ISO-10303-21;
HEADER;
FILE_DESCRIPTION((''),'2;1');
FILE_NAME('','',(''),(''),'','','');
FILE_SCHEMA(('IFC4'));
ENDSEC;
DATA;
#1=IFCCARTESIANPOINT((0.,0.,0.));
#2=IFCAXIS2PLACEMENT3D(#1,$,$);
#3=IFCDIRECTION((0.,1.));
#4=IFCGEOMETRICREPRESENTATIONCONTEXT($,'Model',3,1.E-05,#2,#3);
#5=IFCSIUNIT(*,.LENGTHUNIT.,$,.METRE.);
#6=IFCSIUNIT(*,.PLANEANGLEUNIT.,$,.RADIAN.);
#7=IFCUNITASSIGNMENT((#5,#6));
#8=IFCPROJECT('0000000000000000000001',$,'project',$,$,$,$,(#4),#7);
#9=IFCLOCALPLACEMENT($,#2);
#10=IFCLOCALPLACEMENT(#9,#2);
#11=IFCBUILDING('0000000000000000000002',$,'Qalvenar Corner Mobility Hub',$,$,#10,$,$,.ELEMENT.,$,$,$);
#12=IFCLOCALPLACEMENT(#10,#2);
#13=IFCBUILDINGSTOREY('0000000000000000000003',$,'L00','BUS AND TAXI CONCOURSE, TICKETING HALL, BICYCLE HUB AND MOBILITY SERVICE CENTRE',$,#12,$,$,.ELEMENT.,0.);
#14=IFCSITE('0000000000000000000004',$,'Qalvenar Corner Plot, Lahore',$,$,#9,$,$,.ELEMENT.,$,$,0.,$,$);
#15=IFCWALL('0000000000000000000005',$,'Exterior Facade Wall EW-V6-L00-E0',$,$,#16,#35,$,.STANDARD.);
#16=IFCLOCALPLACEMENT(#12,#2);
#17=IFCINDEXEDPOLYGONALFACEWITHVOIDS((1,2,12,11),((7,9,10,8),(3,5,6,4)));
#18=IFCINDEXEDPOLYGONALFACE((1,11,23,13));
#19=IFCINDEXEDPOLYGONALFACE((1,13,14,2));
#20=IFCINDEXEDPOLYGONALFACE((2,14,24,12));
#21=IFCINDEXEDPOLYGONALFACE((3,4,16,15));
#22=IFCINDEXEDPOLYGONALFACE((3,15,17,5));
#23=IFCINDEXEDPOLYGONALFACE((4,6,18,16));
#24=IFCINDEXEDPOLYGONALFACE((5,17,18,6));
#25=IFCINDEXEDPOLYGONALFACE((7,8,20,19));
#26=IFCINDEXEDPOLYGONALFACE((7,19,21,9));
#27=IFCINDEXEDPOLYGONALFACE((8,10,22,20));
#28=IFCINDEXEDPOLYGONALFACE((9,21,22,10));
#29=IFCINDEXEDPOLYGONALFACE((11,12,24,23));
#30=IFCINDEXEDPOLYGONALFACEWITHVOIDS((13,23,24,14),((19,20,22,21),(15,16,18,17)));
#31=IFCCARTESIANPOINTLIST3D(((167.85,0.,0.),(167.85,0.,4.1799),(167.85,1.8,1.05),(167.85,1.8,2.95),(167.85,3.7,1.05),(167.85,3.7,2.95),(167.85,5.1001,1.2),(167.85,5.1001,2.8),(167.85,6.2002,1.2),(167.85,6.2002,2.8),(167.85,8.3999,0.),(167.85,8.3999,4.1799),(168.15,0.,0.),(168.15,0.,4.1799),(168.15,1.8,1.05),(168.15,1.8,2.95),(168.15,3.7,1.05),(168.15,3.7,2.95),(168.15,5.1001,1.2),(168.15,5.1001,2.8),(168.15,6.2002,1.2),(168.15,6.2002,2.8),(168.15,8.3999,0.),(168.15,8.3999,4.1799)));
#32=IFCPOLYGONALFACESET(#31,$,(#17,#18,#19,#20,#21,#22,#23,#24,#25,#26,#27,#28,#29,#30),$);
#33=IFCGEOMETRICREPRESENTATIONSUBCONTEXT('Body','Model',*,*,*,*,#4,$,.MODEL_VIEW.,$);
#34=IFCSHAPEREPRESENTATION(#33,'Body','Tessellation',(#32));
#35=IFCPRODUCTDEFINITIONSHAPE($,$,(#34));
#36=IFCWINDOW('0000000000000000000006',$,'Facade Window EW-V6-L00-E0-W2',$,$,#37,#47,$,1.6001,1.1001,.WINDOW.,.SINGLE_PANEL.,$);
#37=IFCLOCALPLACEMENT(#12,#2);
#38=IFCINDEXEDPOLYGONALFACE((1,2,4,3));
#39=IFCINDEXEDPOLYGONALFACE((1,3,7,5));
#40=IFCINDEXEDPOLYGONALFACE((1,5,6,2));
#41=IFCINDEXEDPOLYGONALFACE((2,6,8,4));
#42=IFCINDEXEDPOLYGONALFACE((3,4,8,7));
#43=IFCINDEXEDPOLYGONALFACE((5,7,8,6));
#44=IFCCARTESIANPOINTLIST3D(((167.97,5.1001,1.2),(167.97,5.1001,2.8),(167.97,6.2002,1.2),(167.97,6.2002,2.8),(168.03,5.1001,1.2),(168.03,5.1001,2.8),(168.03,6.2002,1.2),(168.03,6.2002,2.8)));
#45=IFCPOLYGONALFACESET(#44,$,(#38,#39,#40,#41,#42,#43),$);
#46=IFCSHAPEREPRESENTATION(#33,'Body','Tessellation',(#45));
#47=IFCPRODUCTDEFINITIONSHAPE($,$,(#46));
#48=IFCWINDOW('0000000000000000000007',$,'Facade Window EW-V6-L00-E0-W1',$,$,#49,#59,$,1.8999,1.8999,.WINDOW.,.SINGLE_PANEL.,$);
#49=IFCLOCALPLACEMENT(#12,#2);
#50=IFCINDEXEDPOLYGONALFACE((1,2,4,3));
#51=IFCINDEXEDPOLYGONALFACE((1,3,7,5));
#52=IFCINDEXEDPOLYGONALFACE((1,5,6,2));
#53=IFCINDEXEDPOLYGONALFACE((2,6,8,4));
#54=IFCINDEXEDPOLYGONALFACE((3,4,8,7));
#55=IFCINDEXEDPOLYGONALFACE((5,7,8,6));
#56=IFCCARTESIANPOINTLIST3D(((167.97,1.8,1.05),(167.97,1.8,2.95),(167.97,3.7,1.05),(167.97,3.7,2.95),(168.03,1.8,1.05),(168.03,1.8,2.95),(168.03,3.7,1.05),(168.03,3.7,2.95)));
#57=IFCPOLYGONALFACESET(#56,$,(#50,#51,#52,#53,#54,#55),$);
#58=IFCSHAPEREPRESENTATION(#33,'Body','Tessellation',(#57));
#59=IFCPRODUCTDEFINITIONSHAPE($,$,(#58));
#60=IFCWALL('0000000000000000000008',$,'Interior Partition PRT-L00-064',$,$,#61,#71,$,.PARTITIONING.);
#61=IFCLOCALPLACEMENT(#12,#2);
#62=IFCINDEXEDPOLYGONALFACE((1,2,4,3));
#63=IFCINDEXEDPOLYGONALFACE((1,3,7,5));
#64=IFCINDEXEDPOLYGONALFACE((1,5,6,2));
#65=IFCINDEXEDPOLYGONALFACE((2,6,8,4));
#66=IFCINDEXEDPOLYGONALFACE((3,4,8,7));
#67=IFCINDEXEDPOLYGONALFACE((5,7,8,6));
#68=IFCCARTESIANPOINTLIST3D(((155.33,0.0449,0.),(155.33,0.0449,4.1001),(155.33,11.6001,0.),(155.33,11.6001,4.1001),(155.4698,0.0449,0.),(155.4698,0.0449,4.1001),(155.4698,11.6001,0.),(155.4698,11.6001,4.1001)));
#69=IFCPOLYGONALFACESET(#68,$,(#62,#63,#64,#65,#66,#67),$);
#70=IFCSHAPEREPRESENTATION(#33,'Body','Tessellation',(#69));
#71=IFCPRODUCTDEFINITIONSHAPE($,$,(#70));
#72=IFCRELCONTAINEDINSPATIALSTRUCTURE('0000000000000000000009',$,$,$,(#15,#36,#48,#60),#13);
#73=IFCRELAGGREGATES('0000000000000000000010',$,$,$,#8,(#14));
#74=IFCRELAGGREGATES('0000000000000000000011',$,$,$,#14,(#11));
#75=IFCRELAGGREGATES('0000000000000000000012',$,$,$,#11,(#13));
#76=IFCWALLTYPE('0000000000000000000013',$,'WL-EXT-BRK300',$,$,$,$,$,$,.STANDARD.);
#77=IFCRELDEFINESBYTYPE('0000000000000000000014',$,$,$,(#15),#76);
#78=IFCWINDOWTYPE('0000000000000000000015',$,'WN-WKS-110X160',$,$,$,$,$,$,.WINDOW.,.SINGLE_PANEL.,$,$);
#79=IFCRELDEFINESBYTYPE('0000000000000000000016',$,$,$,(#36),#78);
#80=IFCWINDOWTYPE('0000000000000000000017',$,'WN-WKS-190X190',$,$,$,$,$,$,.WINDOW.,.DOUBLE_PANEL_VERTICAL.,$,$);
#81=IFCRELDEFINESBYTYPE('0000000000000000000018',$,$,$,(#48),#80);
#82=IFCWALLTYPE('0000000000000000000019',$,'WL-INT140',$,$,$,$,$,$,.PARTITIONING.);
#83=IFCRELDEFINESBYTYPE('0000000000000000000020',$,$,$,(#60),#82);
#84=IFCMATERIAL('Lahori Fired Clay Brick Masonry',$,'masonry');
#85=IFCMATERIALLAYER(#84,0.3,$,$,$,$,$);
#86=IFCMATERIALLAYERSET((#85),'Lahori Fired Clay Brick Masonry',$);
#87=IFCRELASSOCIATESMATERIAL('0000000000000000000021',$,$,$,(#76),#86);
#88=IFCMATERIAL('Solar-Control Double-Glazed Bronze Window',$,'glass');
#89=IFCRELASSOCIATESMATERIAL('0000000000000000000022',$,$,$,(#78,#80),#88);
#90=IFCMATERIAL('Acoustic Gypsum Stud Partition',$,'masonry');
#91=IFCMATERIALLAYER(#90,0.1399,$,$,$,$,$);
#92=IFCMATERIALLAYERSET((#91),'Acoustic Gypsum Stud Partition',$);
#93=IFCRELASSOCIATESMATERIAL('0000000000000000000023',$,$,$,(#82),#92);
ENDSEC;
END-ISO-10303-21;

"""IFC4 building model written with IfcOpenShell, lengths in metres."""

from ifc_helpers import new_model, si_unit, direction, frame, frame_2d, origin, place, context, subcontext, project, spatial, rectangle, extrude, material, layer, layer_set, type_object, element, fill, save


model = new_model("IFC4")

# Units and contexts
model_context = context("Model", 3, precision=1e-05, world=origin(), true_north=direction((0.0, 1.0)))
body_context = subcontext(model_context, "Body", "Model", "MODEL_VIEW")
ifc_project = project(units=[si_unit("LENGTHUNIT", "METRE"), si_unit("PLANEANGLEUNIT", "RADIAN")], contexts=[model_context])

# Site, building, storey
site_placement = place(None, origin())
site = spatial("IfcSite", under=ifc_project, at=site_placement, Name="Qalvenar Corner Plot, Lahore", CompositionType="ELEMENT", RefElevation=0.0)
building_placement = place(site_placement, origin())
building = spatial("IfcBuilding", under=site, at=building_placement, Name="Qalvenar Corner Mobility Hub", CompositionType="ELEMENT")
storey_placement = place(building_placement, origin())
storey = spatial("IfcBuildingStorey", under=building, at=storey_placement, Name="L00", Description="BUS AND TAXI CONCOURSE, TICKETING HALL, BICYCLE HUB AND MOBILITY SERVICE CENTRE", CompositionType="ELEMENT", Elevation=0.0)

# Wall, openings, windows
ifc_material_1 = material(Name="Lahori Fired Clay Brick Masonry", Category="masonry")
ifc_layer_1 = layer(ifc_material_1, 0.3)
ifc_layer_set_1 = layer_set([ifc_layer_1], Name="Lahori Fired Clay Brick Masonry")
wall_type_1 = type_object("IfcWallType", Name="WL-EXT-BRK300", PredefinedType="STANDARD", material=ifc_layer_set_1)
ifc_material_2 = material(Name="Solar-Control Double-Glazed Bronze Window", Category="glass")
wall_1_placement = place(storey_placement, frame((168.0, 0.0, 0.0), z_axis=(0.0, 0.0, 1.0), x_axis=(0.0, 1.0, 0.0)))
wall_1 = element("IfcWall", 1, at=wall_1_placement, inside=storey, type_object=wall_type_1, Name="Exterior Facade Wall EW-V6-L00-E0", PredefinedType="STANDARD", context=body_context, shape_type="SweptSolid", body=[
    extrude(rectangle(XDim=8.3999, YDim=0.3, at=frame_2d((4.2, 0.0))), origin(), (0.0, 0.0, 1.0), 4.1799),
])
opening_1_placement = place(wall_1_placement, frame((1.8, 0.0, 1.05)))
opening_1 = element("IfcOpeningElement", 2, at=opening_1_placement, cuts=wall_1, PredefinedType="OPENING", context=body_context, shape_type="SweptSolid", body=[
    extrude(rectangle(XDim=1.8999, YDim=1.8999, at=frame_2d((0.95, 0.95))), frame((0.0, 0.1602, 0.0), z_axis=(0.0, -1.0, 0.0), x_axis=(1.0, 0.0, 0.0)), (0.0, 0.0, 1.0), 0.3201),
])
opening_2_placement = place(wall_1_placement, frame((5.1001, 0.0, 1.2)))
opening_2 = element("IfcOpeningElement", 3, at=opening_2_placement, cuts=wall_1, PredefinedType="OPENING", context=body_context, shape_type="SweptSolid", body=[
    extrude(rectangle(XDim=1.1001, YDim=1.6001, at=frame_2d((0.55, 0.8))), frame((0.0, 0.1602, 0.0), z_axis=(0.0, -1.0, 0.0), x_axis=(1.0, 0.0, 0.0)), (0.0, 0.0, 1.0), 0.3201),
])
window_type_1 = type_object("IfcWindowType", Name="WN-WKS-110X160", PartitioningType="SINGLE_PANEL", PredefinedType="WINDOW", material=ifc_material_2)
window_1_placement = place(opening_2_placement, origin())
window_1 = element("IfcWindow", 4, at=window_1_placement, inside=storey, type_object=window_type_1, Name="Facade Window EW-V6-L00-E0-W2", OverallHeight=1.6001, OverallWidth=1.1001, PartitioningType="SINGLE_PANEL", PredefinedType="WINDOW", context=body_context, shape_type="SweptSolid", body=[
    extrude(rectangle(XDim=1.1001, YDim=1.6001, at=frame_2d((0.55, 0.8))), frame((0.0, 0.03, 0.0), z_axis=(0.0, -1.0, 0.0), x_axis=(1.0, 0.0, 0.0)), (0.0, 0.0, 1.0), 0.0601),
])
fill(opening_2, window_1)
window_type_2 = type_object("IfcWindowType", Name="WN-WKS-190X190", PartitioningType="DOUBLE_PANEL_VERTICAL", PredefinedType="WINDOW", material=ifc_material_2)
window_2_placement = place(opening_1_placement, origin())
window_2 = element("IfcWindow", 5, at=window_2_placement, inside=storey, type_object=window_type_2, Name="Facade Window EW-V6-L00-E0-W1", OverallHeight=1.8999, OverallWidth=1.8999, PartitioningType="SINGLE_PANEL", PredefinedType="WINDOW", context=body_context, shape_type="SweptSolid", body=[
    extrude(rectangle(XDim=1.8999, YDim=1.8999, at=frame_2d((0.95, 0.95))), frame((0.0, 0.03, 0.0), z_axis=(0.0, -1.0, 0.0), x_axis=(1.0, 0.0, 0.0)), (0.0, 0.0, 1.0), 0.0601),
])
fill(opening_1, window_2)

# Wall
ifc_material_3 = material(Name="Acoustic Gypsum Stud Partition", Category="masonry")
ifc_layer_2 = layer(ifc_material_3, 0.1399)
ifc_layer_set_2 = layer_set([ifc_layer_2], Name="Acoustic Gypsum Stud Partition")
wall_type_2 = type_object("IfcWallType", Name="WL-INT140", PredefinedType="PARTITIONING", material=ifc_layer_set_2)
wall_2_placement = place(storey_placement, frame((155.3999, 0.0449, 0.0), z_axis=(0.0, 0.0, 1.0), x_axis=(0.0, 1.0, 0.0)))
element("IfcWall", 6, at=wall_2_placement, inside=storey, type_object=wall_type_2, Name="Interior Partition PRT-L00-064", PredefinedType="PARTITIONING", context=body_context, shape_type="SweptSolid", body=[
    extrude(rectangle(XDim=11.5552, YDim=0.1399, at=frame_2d((5.7776, 0.0))), origin(), (0.0, 0.0, 1.0), 4.1001),
])

save(model, "model.ifc")
